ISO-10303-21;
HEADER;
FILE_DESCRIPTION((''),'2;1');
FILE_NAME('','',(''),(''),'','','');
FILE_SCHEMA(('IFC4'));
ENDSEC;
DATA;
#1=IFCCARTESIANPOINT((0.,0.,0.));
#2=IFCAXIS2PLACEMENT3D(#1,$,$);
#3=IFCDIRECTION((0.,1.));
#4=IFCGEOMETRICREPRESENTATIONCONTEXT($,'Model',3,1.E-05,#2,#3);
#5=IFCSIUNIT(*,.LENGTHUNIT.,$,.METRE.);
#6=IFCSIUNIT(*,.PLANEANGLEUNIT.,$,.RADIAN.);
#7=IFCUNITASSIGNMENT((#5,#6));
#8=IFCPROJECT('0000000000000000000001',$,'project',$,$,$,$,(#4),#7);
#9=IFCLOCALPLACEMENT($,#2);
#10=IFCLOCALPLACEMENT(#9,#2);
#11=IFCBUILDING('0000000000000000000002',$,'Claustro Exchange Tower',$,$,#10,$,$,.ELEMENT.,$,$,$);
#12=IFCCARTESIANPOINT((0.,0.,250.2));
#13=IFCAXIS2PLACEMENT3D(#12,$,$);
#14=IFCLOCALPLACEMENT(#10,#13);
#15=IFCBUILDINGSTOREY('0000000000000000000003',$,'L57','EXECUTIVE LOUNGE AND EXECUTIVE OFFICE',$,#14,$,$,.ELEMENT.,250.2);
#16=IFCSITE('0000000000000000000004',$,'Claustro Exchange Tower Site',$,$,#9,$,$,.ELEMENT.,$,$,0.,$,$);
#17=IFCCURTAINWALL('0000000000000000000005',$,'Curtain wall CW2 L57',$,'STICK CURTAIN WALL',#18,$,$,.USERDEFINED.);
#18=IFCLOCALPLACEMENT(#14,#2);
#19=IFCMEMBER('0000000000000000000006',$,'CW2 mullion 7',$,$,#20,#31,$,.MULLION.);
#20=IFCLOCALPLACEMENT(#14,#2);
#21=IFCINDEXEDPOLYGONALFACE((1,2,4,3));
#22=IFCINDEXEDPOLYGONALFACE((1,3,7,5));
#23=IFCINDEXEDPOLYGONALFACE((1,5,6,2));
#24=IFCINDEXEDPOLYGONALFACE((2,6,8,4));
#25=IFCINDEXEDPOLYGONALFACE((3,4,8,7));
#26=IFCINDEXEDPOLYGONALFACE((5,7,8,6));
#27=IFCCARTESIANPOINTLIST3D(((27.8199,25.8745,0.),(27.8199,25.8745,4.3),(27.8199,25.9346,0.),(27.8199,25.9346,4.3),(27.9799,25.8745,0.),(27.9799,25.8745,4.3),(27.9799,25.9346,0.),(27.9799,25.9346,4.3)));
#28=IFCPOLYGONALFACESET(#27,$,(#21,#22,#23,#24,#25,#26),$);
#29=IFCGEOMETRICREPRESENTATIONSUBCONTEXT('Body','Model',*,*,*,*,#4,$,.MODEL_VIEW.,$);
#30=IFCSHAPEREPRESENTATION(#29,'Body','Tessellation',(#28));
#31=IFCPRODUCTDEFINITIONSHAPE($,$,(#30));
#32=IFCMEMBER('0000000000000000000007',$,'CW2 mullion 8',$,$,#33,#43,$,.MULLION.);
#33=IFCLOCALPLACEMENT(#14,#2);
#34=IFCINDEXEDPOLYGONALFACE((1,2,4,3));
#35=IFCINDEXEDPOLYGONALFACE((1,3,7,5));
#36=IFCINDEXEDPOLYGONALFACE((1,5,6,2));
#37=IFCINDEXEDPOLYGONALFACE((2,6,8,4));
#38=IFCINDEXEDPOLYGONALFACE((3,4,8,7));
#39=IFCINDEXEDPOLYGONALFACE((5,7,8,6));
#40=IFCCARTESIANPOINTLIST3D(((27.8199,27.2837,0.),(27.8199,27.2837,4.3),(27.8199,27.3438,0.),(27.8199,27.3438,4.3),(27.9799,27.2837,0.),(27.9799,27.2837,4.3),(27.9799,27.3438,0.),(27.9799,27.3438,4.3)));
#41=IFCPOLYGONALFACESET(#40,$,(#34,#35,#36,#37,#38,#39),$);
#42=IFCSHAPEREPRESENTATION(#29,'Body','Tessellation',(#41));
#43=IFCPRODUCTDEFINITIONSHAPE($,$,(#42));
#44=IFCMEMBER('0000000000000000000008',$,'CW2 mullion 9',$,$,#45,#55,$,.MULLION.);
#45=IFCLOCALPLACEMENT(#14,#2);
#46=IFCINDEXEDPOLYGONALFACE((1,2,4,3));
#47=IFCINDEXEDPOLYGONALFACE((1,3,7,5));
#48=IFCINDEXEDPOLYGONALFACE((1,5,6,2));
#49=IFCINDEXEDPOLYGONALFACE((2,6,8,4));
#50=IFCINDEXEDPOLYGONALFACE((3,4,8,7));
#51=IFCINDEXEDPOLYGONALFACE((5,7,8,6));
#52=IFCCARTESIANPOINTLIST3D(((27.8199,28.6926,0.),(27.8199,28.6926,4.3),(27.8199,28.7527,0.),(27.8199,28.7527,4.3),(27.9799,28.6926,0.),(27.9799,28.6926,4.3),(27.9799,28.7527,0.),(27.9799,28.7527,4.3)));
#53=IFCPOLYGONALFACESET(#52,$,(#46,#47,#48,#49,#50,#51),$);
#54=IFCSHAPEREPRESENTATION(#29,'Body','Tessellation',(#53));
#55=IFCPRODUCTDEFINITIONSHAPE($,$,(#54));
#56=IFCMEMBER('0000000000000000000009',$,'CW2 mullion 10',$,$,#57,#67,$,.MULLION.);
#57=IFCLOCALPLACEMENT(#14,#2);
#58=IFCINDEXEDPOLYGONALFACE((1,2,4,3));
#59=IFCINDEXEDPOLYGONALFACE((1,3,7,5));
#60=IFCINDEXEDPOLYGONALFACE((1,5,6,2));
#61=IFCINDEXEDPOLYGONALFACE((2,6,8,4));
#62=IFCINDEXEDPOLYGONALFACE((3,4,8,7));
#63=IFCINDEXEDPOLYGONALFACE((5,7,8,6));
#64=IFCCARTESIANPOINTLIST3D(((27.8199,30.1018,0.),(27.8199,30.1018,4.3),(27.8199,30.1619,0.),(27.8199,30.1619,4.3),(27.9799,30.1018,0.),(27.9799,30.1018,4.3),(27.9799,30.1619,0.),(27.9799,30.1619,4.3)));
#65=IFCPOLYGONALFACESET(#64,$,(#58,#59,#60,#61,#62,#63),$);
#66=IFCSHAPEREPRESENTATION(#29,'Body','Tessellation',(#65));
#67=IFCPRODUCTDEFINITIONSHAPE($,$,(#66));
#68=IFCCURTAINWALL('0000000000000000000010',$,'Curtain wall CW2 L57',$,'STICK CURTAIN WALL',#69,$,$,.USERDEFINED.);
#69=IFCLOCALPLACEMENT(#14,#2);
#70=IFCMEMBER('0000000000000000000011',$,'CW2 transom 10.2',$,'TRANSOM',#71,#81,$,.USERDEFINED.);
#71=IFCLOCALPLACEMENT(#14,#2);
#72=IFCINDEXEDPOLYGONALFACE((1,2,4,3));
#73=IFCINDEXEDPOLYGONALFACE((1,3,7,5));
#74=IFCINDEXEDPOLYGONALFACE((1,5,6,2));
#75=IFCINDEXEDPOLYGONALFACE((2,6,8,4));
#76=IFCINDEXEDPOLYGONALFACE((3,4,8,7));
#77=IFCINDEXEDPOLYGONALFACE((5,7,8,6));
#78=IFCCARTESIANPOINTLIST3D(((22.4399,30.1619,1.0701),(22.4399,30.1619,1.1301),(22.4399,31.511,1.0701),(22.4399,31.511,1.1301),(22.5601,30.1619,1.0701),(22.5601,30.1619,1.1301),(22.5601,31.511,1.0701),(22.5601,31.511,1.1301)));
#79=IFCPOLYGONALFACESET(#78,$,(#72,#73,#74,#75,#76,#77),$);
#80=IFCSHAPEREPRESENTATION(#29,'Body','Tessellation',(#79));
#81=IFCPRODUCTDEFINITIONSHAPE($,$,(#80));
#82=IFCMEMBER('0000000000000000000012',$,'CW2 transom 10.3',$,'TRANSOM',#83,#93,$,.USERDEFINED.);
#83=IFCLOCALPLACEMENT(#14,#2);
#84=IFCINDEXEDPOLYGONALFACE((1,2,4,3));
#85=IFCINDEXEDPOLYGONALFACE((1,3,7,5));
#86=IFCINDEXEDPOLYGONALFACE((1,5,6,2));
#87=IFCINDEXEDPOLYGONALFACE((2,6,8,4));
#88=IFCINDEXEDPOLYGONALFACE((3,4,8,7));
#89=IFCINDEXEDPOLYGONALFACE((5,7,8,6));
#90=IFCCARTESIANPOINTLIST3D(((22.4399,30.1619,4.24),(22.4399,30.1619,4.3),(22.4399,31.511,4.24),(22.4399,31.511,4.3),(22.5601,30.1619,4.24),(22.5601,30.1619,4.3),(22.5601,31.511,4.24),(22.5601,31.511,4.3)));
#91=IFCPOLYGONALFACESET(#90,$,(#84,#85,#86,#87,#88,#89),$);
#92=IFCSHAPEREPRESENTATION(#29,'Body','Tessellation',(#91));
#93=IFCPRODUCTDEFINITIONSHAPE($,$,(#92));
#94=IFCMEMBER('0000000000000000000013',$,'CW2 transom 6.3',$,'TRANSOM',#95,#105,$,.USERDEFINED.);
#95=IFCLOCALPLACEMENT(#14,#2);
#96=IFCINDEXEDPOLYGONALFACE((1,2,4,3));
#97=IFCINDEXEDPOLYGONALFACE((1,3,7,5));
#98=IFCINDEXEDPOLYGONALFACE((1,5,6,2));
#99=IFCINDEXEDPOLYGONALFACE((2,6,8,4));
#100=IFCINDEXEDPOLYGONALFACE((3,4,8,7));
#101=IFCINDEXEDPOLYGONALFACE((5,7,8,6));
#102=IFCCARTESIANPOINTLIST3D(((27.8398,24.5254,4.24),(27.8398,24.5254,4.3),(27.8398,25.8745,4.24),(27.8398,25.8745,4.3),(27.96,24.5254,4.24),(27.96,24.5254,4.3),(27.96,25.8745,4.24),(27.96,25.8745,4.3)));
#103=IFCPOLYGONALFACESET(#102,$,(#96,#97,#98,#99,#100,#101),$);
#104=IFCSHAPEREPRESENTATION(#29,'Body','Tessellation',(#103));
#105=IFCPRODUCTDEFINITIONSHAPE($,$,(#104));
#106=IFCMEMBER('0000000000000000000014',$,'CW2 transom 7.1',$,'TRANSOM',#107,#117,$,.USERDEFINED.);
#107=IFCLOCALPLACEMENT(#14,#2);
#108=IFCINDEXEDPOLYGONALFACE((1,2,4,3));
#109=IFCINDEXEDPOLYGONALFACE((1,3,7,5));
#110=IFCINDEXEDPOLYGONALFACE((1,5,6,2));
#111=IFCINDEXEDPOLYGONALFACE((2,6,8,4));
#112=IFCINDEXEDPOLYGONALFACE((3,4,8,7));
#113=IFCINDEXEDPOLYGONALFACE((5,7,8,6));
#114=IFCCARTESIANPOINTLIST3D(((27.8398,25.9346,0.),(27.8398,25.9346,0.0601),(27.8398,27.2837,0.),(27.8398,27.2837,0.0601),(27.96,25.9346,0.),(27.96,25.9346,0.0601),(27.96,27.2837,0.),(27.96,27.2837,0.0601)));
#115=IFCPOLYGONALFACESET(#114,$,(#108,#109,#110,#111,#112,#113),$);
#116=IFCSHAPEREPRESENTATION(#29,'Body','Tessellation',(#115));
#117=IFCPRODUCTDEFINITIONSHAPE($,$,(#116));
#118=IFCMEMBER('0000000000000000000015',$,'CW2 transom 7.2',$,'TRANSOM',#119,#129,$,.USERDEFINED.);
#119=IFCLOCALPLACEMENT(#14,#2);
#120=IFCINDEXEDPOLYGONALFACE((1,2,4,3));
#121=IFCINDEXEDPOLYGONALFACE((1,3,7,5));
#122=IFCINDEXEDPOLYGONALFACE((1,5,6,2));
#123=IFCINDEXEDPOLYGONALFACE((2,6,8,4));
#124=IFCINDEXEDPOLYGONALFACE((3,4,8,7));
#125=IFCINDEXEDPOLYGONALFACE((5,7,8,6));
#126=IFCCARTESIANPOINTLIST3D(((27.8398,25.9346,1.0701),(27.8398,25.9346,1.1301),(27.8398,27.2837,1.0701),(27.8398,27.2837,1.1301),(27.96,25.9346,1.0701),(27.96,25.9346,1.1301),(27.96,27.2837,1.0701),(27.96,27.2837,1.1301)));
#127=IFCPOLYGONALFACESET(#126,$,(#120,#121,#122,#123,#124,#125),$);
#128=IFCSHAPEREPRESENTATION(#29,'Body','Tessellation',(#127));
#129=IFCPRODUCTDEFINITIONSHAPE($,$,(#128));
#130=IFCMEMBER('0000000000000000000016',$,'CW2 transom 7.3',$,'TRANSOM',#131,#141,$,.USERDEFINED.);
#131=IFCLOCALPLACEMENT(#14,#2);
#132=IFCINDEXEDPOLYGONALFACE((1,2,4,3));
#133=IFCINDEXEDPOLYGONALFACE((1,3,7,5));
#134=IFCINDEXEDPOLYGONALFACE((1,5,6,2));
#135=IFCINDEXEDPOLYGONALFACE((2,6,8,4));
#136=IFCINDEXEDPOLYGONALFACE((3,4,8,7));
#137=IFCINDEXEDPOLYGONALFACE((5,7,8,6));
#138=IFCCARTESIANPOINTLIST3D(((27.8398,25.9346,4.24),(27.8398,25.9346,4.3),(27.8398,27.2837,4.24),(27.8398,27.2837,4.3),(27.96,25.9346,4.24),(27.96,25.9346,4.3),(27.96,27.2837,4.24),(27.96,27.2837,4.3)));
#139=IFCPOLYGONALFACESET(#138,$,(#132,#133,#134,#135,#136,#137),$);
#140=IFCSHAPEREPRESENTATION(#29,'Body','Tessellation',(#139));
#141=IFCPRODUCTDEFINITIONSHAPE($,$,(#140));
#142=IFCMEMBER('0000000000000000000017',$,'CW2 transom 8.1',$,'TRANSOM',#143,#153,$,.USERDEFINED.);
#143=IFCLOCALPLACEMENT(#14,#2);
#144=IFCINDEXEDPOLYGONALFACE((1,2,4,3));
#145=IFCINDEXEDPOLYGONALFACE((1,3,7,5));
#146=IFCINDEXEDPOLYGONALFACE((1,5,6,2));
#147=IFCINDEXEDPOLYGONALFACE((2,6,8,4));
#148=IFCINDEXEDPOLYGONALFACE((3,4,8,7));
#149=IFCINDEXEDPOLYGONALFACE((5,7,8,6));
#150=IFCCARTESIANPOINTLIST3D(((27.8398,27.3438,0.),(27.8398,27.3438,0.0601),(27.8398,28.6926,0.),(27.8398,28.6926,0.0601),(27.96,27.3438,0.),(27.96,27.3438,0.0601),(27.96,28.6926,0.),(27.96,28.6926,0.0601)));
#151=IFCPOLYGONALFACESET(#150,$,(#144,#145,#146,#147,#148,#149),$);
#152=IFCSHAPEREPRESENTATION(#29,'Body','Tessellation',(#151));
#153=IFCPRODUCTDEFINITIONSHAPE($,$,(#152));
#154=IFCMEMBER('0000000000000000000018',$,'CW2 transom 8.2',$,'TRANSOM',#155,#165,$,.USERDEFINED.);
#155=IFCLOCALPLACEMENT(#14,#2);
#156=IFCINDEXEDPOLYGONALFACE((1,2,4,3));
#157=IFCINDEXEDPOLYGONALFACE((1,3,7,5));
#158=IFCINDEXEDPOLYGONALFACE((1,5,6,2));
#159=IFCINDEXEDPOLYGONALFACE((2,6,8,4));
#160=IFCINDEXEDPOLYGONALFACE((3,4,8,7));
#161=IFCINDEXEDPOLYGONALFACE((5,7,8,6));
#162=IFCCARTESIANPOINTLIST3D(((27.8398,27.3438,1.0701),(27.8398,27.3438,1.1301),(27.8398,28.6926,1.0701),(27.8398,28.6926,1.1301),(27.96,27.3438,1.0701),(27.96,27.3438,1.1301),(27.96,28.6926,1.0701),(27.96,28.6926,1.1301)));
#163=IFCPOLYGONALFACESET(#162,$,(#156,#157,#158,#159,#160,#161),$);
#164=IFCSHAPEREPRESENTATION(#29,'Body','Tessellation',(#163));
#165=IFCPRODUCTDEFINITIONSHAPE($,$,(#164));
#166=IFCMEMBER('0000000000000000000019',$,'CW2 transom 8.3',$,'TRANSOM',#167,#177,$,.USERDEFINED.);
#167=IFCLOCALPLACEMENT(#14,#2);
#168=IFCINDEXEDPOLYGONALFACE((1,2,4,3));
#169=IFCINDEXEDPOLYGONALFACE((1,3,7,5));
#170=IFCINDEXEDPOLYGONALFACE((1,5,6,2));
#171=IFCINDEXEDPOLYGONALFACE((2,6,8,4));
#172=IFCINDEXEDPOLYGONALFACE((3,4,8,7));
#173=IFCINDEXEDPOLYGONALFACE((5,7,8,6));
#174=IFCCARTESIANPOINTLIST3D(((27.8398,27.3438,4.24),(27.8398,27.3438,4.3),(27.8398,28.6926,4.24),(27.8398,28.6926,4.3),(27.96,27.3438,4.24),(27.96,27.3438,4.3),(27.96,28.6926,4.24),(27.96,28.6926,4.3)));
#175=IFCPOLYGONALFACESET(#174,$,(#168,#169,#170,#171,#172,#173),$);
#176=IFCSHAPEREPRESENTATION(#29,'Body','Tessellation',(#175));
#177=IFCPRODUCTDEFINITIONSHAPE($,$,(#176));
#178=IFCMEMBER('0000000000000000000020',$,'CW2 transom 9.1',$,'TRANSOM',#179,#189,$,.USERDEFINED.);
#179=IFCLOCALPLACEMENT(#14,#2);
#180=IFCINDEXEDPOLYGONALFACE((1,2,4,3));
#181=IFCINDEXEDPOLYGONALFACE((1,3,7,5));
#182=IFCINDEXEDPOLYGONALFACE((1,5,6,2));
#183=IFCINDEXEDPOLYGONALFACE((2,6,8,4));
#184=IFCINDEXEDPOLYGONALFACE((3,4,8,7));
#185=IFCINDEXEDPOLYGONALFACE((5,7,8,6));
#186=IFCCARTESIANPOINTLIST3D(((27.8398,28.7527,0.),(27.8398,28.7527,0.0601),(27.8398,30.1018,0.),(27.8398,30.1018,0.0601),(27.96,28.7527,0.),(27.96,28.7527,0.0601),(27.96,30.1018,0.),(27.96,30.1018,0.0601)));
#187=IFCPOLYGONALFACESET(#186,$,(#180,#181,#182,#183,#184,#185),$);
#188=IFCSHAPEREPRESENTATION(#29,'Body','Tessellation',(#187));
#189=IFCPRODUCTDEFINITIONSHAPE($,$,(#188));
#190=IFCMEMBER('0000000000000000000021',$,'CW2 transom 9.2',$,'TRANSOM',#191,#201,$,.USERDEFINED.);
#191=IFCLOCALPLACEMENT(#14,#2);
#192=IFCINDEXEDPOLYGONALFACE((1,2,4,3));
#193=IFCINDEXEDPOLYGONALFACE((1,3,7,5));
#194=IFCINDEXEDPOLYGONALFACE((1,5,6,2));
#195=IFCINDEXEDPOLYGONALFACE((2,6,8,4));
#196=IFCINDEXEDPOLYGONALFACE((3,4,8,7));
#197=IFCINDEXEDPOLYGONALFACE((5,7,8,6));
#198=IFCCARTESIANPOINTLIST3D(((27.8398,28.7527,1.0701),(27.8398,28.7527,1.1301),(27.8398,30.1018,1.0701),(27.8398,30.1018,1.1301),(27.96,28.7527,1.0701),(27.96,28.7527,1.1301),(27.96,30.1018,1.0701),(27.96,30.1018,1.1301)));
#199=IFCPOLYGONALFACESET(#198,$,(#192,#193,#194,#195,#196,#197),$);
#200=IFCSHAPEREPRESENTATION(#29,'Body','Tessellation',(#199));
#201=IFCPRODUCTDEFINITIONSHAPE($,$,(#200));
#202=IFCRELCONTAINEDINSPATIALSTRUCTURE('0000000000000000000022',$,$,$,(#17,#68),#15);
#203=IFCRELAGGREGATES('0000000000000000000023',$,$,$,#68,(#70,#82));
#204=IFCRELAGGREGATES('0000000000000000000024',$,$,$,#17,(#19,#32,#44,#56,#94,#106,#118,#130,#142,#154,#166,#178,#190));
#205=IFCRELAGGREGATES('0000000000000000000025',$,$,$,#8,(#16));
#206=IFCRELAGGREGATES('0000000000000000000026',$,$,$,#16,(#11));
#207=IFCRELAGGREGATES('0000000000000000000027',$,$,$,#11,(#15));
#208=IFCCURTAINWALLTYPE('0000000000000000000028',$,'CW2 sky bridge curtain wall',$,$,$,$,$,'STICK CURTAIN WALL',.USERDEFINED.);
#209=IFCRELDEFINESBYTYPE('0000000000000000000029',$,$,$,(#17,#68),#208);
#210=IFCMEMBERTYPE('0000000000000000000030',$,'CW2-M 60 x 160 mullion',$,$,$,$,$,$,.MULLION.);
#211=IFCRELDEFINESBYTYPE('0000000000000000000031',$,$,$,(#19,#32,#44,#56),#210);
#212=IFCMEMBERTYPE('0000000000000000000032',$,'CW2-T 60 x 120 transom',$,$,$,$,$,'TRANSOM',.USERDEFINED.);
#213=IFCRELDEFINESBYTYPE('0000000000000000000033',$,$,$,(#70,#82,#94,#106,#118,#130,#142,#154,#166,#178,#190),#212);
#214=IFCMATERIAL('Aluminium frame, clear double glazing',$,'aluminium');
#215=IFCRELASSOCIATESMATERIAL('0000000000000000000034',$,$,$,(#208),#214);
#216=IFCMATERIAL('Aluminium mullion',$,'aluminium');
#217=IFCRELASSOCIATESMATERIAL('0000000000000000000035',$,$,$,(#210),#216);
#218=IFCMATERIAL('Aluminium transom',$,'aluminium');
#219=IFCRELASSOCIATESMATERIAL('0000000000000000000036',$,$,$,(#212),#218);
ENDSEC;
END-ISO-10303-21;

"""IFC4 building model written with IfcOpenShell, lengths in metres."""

from ifc_helpers import new_model, si_unit, direction, frame, origin, origin_2d, place, context, subcontext, project, spatial, rectangle, extrude, material, material_profile, profile_set, type_object, element, aggregate, save


model = new_model("IFC4")

# Units and contexts
model_context = context("Model", 3, precision=1e-05, world=origin(), true_north=direction((0.0, 1.0)))
body_context = subcontext(model_context, "Body", "Model", "MODEL_VIEW")
ifc_project = project(units=[si_unit("LENGTHUNIT", "METRE"), si_unit("PLANEANGLEUNIT", "RADIAN")], contexts=[model_context])

# Site, building, storey
site_placement = place(None, origin())
site = spatial("IfcSite", under=ifc_project, at=site_placement, Name="Claustro Exchange Tower Site", CompositionType="ELEMENT", RefElevation=0.0)
building_placement = place(site_placement, origin())
building = spatial("IfcBuilding", under=site, at=building_placement, Name="Claustro Exchange Tower", CompositionType="ELEMENT")
storey_placement = place(building_placement, frame((0.0, 0.0, 250.2)))
storey = spatial("IfcBuildingStorey", under=building, at=storey_placement, Name="L57", Description="EXECUTIVE LOUNGE AND EXECUTIVE OFFICE", CompositionType="ELEMENT", Elevation=250.2)

# Curtain walls, members
ifc_material_1 = material(Name="Aluminium frame, clear double glazing", Category="aluminium")
curtain_wall_type = type_object("IfcCurtainWallType", Name="CW2 sky bridge curtain wall", ElementType="STICK CURTAIN WALL", PredefinedType="USERDEFINED", material=ifc_material_1)
curtain_wall_1_placement = place(storey_placement, origin())
curtain_wall_1 = element("IfcCurtainWall", 1, at=curtain_wall_1_placement, inside=storey, type_object=curtain_wall_type, Name="Curtain wall CW2 L57", ObjectType="STICK CURTAIN WALL", PredefinedType="USERDEFINED")
ifc_material_2 = material(Name="Aluminium mullion", Category="aluminium")
ifc_material_profile_1 = material_profile(ifc_material_2, rectangle(XDim=0.1599, YDim=0.0601, at=origin_2d()), Name="CW2-M 60x160")
ifc_profile_set_1 = profile_set([ifc_material_profile_1], Name="Aluminium mullion")
member_type_1 = type_object("IfcMemberType", Name="CW2-M 60 x 160 mullion", PredefinedType="MULLION", material=ifc_profile_set_1)
member_1_placement = place(storey_placement, frame((27.8999, 25.9045, 0.0), z_axis=(0.0, 0.0, 1.0), x_axis=(-1.0, 0.0, 0.0)))
member_1 = element("IfcMember", 2, at=member_1_placement, type_object=member_type_1, Name="CW2 mullion 7", PredefinedType="MULLION", context=body_context, shape_type="SweptSolid", body=[
    extrude(rectangle(XDim=0.1599, YDim=0.0601, at=origin_2d()), origin(), (0.0, 0.0, 1.0), 4.3),
])
member_2_placement = place(storey_placement, frame((27.8999, 27.3137, 0.0), z_axis=(0.0, 0.0, 1.0), x_axis=(-1.0, 0.0, 0.0)))
member_2 = element("IfcMember", 3, at=member_2_placement, type_object=member_type_1, Name="CW2 mullion 8", PredefinedType="MULLION", context=body_context, shape_type="SweptSolid", body=[
    extrude(rectangle(XDim=0.1599, YDim=0.0601, at=origin_2d()), origin(), (0.0, 0.0, 1.0), 4.3),
])
member_3_placement = place(storey_placement, frame((27.8999, 28.7227, 0.0), z_axis=(0.0, 0.0, 1.0), x_axis=(-1.0, 0.0, 0.0)))
member_3 = element("IfcMember", 4, at=member_3_placement, type_object=member_type_1, Name="CW2 mullion 9", PredefinedType="MULLION", context=body_context, shape_type="SweptSolid", body=[
    extrude(rectangle(XDim=0.1599, YDim=0.0601, at=origin_2d()), origin(), (0.0, 0.0, 1.0), 4.3),
])
member_4_placement = place(storey_placement, frame((27.8999, 30.1318, 0.0), z_axis=(0.0, 0.0, 1.0), x_axis=(-1.0, 0.0, 0.0)))
member_4 = element("IfcMember", 5, at=member_4_placement, type_object=member_type_1, Name="CW2 mullion 10", PredefinedType="MULLION", context=body_context, shape_type="SweptSolid", body=[
    extrude(rectangle(XDim=0.1599, YDim=0.0601, at=origin_2d()), origin(), (0.0, 0.0, 1.0), 4.3),
])
curtain_wall_2_placement = place(storey_placement, origin())
curtain_wall_2 = element("IfcCurtainWall", 6, at=curtain_wall_2_placement, inside=storey, type_object=curtain_wall_type, Name="Curtain wall CW2 L57", ObjectType="STICK CURTAIN WALL", PredefinedType="USERDEFINED")
ifc_material_3 = material(Name="Aluminium transom", Category="aluminium")
ifc_material_profile_2 = material_profile(ifc_material_3, rectangle(XDim=0.1201, YDim=0.0601, at=origin_2d()), Name="CW2-T 60x120")
ifc_profile_set_2 = profile_set([ifc_material_profile_2], Name="Aluminium transom")
member_type_2 = type_object("IfcMemberType", Name="CW2-T 60 x 120 transom", ElementType="TRANSOM", PredefinedType="USERDEFINED", material=ifc_profile_set_2)
member_5_placement = place(storey_placement, frame((22.5, 30.1619, 1.1001), z_axis=(0.0, 1.0, 0.0), x_axis=(-1.0, 0.0, 0.0)))
member_5 = element("IfcMember", 7, at=member_5_placement, type_object=member_type_2, Name="CW2 transom 10.2", ObjectType="TRANSOM", PredefinedType="USERDEFINED", context=body_context, shape_type="SweptSolid", body=[
    extrude(rectangle(XDim=0.1201, YDim=0.0601, at=origin_2d()), origin(), (0.0, 0.0, 1.0), 1.3491),
])
member_6_placement = place(storey_placement, frame((22.5, 30.1619, 4.27), z_axis=(0.0, 1.0, 0.0), x_axis=(-1.0, 0.0, 0.0)))
member_6 = element("IfcMember", 8, at=member_6_placement, type_object=member_type_2, Name="CW2 transom 10.3", ObjectType="TRANSOM", PredefinedType="USERDEFINED", context=body_context, shape_type="SweptSolid", body=[
    extrude(rectangle(XDim=0.1201, YDim=0.0601, at=origin_2d()), origin(), (0.0, 0.0, 1.0), 1.3491),
])

# Members
member_7_placement = place(storey_placement, frame((27.8999, 24.5254, 4.27), z_axis=(0.0, 1.0, 0.0), x_axis=(-1.0, 0.0, 0.0)))
member_7 = element("IfcMember", 9, at=member_7_placement, type_object=member_type_2, Name="CW2 transom 6.3", ObjectType="TRANSOM", PredefinedType="USERDEFINED", context=body_context, shape_type="SweptSolid", body=[
    extrude(rectangle(XDim=0.1201, YDim=0.0601, at=origin_2d()), origin(), (0.0, 0.0, 1.0), 1.3491),
])
member_8_placement = place(storey_placement, frame((27.8999, 25.9346, 0.03), z_axis=(0.0, 1.0, 0.0), x_axis=(-1.0, 0.0, 0.0)))
member_8 = element("IfcMember", 10, at=member_8_placement, type_object=member_type_2, Name="CW2 transom 7.1", ObjectType="TRANSOM", PredefinedType="USERDEFINED", context=body_context, shape_type="SweptSolid", body=[
    extrude(rectangle(XDim=0.1201, YDim=0.0601, at=origin_2d()), origin(), (0.0, 0.0, 1.0), 1.3491),
])
member_9_placement = place(storey_placement, frame((27.8999, 25.9346, 1.1001), z_axis=(0.0, 1.0, 0.0), x_axis=(-1.0, 0.0, 0.0)))
member_9 = element("IfcMember", 11, at=member_9_placement, type_object=member_type_2, Name="CW2 transom 7.2", ObjectType="TRANSOM", PredefinedType="USERDEFINED", context=body_context, shape_type="SweptSolid", body=[
    extrude(rectangle(XDim=0.1201, YDim=0.0601, at=origin_2d()), origin(), (0.0, 0.0, 1.0), 1.3491),
])
member_10_placement = place(storey_placement, frame((27.8999, 25.9346, 4.27), z_axis=(0.0, 1.0, 0.0), x_axis=(-1.0, 0.0, 0.0)))
member_10 = element("IfcMember", 12, at=member_10_placement, type_object=member_type_2, Name="CW2 transom 7.3", ObjectType="TRANSOM", PredefinedType="USERDEFINED", context=body_context, shape_type="SweptSolid", body=[
    extrude(rectangle(XDim=0.1201, YDim=0.0601, at=origin_2d()), origin(), (0.0, 0.0, 1.0), 1.3491),
])
member_11_placement = place(storey_placement, frame((27.8999, 27.3438, 0.03), z_axis=(0.0, 1.0, 0.0), x_axis=(-1.0, 0.0, 0.0)))
member_11 = element("IfcMember", 13, at=member_11_placement, type_object=member_type_2, Name="CW2 transom 8.1", ObjectType="TRANSOM", PredefinedType="USERDEFINED", context=body_context, shape_type="SweptSolid", body=[
    extrude(rectangle(XDim=0.1201, YDim=0.0601, at=origin_2d()), origin(), (0.0, 0.0, 1.0), 1.3489),
])
member_12_placement = place(storey_placement, frame((27.8999, 27.3438, 1.1001), z_axis=(0.0, 1.0, 0.0), x_axis=(-1.0, 0.0, 0.0)))
member_12 = element("IfcMember", 14, at=member_12_placement, type_object=member_type_2, Name="CW2 transom 8.2", ObjectType="TRANSOM", PredefinedType="USERDEFINED", context=body_context, shape_type="SweptSolid", body=[
    extrude(rectangle(XDim=0.1201, YDim=0.0601, at=origin_2d()), origin(), (0.0, 0.0, 1.0), 1.3489),
])
member_13_placement = place(storey_placement, frame((27.8999, 27.3438, 4.27), z_axis=(0.0, 1.0, 0.0), x_axis=(-1.0, 0.0, 0.0)))
member_13 = element("IfcMember", 15, at=member_13_placement, type_object=member_type_2, Name="CW2 transom 8.3", ObjectType="TRANSOM", PredefinedType="USERDEFINED", context=body_context, shape_type="SweptSolid", body=[
    extrude(rectangle(XDim=0.1201, YDim=0.0601, at=origin_2d()), origin(), (0.0, 0.0, 1.0), 1.3489),
])
member_14_placement = place(storey_placement, frame((27.8999, 28.7527, 0.03), z_axis=(0.0, 1.0, 0.0), x_axis=(-1.0, 0.0, 0.0)))
member_14 = element("IfcMember", 16, at=member_14_placement, type_object=member_type_2, Name="CW2 transom 9.1", ObjectType="TRANSOM", PredefinedType="USERDEFINED", context=body_context, shape_type="SweptSolid", body=[
    extrude(rectangle(XDim=0.1201, YDim=0.0601, at=origin_2d()), origin(), (0.0, 0.0, 1.0), 1.3491),
])
member_15_placement = place(storey_placement, frame((27.8999, 28.7527, 1.1001), z_axis=(0.0, 1.0, 0.0), x_axis=(-1.0, 0.0, 0.0)))
member_15 = element("IfcMember", 17, at=member_15_placement, type_object=member_type_2, Name="CW2 transom 9.2", ObjectType="TRANSOM", PredefinedType="USERDEFINED", context=body_context, shape_type="SweptSolid", body=[
    extrude(rectangle(XDim=0.1201, YDim=0.0601, at=origin_2d()), origin(), (0.0, 0.0, 1.0), 1.3491),
])

aggregate(curtain_wall_2, [member_5, member_6])
aggregate(curtain_wall_1, [member_1, member_2, member_3, member_4, member_7, member_8, member_9, member_10, member_11, member_12, member_13, member_14, member_15])

save(model, "model.ifc")
